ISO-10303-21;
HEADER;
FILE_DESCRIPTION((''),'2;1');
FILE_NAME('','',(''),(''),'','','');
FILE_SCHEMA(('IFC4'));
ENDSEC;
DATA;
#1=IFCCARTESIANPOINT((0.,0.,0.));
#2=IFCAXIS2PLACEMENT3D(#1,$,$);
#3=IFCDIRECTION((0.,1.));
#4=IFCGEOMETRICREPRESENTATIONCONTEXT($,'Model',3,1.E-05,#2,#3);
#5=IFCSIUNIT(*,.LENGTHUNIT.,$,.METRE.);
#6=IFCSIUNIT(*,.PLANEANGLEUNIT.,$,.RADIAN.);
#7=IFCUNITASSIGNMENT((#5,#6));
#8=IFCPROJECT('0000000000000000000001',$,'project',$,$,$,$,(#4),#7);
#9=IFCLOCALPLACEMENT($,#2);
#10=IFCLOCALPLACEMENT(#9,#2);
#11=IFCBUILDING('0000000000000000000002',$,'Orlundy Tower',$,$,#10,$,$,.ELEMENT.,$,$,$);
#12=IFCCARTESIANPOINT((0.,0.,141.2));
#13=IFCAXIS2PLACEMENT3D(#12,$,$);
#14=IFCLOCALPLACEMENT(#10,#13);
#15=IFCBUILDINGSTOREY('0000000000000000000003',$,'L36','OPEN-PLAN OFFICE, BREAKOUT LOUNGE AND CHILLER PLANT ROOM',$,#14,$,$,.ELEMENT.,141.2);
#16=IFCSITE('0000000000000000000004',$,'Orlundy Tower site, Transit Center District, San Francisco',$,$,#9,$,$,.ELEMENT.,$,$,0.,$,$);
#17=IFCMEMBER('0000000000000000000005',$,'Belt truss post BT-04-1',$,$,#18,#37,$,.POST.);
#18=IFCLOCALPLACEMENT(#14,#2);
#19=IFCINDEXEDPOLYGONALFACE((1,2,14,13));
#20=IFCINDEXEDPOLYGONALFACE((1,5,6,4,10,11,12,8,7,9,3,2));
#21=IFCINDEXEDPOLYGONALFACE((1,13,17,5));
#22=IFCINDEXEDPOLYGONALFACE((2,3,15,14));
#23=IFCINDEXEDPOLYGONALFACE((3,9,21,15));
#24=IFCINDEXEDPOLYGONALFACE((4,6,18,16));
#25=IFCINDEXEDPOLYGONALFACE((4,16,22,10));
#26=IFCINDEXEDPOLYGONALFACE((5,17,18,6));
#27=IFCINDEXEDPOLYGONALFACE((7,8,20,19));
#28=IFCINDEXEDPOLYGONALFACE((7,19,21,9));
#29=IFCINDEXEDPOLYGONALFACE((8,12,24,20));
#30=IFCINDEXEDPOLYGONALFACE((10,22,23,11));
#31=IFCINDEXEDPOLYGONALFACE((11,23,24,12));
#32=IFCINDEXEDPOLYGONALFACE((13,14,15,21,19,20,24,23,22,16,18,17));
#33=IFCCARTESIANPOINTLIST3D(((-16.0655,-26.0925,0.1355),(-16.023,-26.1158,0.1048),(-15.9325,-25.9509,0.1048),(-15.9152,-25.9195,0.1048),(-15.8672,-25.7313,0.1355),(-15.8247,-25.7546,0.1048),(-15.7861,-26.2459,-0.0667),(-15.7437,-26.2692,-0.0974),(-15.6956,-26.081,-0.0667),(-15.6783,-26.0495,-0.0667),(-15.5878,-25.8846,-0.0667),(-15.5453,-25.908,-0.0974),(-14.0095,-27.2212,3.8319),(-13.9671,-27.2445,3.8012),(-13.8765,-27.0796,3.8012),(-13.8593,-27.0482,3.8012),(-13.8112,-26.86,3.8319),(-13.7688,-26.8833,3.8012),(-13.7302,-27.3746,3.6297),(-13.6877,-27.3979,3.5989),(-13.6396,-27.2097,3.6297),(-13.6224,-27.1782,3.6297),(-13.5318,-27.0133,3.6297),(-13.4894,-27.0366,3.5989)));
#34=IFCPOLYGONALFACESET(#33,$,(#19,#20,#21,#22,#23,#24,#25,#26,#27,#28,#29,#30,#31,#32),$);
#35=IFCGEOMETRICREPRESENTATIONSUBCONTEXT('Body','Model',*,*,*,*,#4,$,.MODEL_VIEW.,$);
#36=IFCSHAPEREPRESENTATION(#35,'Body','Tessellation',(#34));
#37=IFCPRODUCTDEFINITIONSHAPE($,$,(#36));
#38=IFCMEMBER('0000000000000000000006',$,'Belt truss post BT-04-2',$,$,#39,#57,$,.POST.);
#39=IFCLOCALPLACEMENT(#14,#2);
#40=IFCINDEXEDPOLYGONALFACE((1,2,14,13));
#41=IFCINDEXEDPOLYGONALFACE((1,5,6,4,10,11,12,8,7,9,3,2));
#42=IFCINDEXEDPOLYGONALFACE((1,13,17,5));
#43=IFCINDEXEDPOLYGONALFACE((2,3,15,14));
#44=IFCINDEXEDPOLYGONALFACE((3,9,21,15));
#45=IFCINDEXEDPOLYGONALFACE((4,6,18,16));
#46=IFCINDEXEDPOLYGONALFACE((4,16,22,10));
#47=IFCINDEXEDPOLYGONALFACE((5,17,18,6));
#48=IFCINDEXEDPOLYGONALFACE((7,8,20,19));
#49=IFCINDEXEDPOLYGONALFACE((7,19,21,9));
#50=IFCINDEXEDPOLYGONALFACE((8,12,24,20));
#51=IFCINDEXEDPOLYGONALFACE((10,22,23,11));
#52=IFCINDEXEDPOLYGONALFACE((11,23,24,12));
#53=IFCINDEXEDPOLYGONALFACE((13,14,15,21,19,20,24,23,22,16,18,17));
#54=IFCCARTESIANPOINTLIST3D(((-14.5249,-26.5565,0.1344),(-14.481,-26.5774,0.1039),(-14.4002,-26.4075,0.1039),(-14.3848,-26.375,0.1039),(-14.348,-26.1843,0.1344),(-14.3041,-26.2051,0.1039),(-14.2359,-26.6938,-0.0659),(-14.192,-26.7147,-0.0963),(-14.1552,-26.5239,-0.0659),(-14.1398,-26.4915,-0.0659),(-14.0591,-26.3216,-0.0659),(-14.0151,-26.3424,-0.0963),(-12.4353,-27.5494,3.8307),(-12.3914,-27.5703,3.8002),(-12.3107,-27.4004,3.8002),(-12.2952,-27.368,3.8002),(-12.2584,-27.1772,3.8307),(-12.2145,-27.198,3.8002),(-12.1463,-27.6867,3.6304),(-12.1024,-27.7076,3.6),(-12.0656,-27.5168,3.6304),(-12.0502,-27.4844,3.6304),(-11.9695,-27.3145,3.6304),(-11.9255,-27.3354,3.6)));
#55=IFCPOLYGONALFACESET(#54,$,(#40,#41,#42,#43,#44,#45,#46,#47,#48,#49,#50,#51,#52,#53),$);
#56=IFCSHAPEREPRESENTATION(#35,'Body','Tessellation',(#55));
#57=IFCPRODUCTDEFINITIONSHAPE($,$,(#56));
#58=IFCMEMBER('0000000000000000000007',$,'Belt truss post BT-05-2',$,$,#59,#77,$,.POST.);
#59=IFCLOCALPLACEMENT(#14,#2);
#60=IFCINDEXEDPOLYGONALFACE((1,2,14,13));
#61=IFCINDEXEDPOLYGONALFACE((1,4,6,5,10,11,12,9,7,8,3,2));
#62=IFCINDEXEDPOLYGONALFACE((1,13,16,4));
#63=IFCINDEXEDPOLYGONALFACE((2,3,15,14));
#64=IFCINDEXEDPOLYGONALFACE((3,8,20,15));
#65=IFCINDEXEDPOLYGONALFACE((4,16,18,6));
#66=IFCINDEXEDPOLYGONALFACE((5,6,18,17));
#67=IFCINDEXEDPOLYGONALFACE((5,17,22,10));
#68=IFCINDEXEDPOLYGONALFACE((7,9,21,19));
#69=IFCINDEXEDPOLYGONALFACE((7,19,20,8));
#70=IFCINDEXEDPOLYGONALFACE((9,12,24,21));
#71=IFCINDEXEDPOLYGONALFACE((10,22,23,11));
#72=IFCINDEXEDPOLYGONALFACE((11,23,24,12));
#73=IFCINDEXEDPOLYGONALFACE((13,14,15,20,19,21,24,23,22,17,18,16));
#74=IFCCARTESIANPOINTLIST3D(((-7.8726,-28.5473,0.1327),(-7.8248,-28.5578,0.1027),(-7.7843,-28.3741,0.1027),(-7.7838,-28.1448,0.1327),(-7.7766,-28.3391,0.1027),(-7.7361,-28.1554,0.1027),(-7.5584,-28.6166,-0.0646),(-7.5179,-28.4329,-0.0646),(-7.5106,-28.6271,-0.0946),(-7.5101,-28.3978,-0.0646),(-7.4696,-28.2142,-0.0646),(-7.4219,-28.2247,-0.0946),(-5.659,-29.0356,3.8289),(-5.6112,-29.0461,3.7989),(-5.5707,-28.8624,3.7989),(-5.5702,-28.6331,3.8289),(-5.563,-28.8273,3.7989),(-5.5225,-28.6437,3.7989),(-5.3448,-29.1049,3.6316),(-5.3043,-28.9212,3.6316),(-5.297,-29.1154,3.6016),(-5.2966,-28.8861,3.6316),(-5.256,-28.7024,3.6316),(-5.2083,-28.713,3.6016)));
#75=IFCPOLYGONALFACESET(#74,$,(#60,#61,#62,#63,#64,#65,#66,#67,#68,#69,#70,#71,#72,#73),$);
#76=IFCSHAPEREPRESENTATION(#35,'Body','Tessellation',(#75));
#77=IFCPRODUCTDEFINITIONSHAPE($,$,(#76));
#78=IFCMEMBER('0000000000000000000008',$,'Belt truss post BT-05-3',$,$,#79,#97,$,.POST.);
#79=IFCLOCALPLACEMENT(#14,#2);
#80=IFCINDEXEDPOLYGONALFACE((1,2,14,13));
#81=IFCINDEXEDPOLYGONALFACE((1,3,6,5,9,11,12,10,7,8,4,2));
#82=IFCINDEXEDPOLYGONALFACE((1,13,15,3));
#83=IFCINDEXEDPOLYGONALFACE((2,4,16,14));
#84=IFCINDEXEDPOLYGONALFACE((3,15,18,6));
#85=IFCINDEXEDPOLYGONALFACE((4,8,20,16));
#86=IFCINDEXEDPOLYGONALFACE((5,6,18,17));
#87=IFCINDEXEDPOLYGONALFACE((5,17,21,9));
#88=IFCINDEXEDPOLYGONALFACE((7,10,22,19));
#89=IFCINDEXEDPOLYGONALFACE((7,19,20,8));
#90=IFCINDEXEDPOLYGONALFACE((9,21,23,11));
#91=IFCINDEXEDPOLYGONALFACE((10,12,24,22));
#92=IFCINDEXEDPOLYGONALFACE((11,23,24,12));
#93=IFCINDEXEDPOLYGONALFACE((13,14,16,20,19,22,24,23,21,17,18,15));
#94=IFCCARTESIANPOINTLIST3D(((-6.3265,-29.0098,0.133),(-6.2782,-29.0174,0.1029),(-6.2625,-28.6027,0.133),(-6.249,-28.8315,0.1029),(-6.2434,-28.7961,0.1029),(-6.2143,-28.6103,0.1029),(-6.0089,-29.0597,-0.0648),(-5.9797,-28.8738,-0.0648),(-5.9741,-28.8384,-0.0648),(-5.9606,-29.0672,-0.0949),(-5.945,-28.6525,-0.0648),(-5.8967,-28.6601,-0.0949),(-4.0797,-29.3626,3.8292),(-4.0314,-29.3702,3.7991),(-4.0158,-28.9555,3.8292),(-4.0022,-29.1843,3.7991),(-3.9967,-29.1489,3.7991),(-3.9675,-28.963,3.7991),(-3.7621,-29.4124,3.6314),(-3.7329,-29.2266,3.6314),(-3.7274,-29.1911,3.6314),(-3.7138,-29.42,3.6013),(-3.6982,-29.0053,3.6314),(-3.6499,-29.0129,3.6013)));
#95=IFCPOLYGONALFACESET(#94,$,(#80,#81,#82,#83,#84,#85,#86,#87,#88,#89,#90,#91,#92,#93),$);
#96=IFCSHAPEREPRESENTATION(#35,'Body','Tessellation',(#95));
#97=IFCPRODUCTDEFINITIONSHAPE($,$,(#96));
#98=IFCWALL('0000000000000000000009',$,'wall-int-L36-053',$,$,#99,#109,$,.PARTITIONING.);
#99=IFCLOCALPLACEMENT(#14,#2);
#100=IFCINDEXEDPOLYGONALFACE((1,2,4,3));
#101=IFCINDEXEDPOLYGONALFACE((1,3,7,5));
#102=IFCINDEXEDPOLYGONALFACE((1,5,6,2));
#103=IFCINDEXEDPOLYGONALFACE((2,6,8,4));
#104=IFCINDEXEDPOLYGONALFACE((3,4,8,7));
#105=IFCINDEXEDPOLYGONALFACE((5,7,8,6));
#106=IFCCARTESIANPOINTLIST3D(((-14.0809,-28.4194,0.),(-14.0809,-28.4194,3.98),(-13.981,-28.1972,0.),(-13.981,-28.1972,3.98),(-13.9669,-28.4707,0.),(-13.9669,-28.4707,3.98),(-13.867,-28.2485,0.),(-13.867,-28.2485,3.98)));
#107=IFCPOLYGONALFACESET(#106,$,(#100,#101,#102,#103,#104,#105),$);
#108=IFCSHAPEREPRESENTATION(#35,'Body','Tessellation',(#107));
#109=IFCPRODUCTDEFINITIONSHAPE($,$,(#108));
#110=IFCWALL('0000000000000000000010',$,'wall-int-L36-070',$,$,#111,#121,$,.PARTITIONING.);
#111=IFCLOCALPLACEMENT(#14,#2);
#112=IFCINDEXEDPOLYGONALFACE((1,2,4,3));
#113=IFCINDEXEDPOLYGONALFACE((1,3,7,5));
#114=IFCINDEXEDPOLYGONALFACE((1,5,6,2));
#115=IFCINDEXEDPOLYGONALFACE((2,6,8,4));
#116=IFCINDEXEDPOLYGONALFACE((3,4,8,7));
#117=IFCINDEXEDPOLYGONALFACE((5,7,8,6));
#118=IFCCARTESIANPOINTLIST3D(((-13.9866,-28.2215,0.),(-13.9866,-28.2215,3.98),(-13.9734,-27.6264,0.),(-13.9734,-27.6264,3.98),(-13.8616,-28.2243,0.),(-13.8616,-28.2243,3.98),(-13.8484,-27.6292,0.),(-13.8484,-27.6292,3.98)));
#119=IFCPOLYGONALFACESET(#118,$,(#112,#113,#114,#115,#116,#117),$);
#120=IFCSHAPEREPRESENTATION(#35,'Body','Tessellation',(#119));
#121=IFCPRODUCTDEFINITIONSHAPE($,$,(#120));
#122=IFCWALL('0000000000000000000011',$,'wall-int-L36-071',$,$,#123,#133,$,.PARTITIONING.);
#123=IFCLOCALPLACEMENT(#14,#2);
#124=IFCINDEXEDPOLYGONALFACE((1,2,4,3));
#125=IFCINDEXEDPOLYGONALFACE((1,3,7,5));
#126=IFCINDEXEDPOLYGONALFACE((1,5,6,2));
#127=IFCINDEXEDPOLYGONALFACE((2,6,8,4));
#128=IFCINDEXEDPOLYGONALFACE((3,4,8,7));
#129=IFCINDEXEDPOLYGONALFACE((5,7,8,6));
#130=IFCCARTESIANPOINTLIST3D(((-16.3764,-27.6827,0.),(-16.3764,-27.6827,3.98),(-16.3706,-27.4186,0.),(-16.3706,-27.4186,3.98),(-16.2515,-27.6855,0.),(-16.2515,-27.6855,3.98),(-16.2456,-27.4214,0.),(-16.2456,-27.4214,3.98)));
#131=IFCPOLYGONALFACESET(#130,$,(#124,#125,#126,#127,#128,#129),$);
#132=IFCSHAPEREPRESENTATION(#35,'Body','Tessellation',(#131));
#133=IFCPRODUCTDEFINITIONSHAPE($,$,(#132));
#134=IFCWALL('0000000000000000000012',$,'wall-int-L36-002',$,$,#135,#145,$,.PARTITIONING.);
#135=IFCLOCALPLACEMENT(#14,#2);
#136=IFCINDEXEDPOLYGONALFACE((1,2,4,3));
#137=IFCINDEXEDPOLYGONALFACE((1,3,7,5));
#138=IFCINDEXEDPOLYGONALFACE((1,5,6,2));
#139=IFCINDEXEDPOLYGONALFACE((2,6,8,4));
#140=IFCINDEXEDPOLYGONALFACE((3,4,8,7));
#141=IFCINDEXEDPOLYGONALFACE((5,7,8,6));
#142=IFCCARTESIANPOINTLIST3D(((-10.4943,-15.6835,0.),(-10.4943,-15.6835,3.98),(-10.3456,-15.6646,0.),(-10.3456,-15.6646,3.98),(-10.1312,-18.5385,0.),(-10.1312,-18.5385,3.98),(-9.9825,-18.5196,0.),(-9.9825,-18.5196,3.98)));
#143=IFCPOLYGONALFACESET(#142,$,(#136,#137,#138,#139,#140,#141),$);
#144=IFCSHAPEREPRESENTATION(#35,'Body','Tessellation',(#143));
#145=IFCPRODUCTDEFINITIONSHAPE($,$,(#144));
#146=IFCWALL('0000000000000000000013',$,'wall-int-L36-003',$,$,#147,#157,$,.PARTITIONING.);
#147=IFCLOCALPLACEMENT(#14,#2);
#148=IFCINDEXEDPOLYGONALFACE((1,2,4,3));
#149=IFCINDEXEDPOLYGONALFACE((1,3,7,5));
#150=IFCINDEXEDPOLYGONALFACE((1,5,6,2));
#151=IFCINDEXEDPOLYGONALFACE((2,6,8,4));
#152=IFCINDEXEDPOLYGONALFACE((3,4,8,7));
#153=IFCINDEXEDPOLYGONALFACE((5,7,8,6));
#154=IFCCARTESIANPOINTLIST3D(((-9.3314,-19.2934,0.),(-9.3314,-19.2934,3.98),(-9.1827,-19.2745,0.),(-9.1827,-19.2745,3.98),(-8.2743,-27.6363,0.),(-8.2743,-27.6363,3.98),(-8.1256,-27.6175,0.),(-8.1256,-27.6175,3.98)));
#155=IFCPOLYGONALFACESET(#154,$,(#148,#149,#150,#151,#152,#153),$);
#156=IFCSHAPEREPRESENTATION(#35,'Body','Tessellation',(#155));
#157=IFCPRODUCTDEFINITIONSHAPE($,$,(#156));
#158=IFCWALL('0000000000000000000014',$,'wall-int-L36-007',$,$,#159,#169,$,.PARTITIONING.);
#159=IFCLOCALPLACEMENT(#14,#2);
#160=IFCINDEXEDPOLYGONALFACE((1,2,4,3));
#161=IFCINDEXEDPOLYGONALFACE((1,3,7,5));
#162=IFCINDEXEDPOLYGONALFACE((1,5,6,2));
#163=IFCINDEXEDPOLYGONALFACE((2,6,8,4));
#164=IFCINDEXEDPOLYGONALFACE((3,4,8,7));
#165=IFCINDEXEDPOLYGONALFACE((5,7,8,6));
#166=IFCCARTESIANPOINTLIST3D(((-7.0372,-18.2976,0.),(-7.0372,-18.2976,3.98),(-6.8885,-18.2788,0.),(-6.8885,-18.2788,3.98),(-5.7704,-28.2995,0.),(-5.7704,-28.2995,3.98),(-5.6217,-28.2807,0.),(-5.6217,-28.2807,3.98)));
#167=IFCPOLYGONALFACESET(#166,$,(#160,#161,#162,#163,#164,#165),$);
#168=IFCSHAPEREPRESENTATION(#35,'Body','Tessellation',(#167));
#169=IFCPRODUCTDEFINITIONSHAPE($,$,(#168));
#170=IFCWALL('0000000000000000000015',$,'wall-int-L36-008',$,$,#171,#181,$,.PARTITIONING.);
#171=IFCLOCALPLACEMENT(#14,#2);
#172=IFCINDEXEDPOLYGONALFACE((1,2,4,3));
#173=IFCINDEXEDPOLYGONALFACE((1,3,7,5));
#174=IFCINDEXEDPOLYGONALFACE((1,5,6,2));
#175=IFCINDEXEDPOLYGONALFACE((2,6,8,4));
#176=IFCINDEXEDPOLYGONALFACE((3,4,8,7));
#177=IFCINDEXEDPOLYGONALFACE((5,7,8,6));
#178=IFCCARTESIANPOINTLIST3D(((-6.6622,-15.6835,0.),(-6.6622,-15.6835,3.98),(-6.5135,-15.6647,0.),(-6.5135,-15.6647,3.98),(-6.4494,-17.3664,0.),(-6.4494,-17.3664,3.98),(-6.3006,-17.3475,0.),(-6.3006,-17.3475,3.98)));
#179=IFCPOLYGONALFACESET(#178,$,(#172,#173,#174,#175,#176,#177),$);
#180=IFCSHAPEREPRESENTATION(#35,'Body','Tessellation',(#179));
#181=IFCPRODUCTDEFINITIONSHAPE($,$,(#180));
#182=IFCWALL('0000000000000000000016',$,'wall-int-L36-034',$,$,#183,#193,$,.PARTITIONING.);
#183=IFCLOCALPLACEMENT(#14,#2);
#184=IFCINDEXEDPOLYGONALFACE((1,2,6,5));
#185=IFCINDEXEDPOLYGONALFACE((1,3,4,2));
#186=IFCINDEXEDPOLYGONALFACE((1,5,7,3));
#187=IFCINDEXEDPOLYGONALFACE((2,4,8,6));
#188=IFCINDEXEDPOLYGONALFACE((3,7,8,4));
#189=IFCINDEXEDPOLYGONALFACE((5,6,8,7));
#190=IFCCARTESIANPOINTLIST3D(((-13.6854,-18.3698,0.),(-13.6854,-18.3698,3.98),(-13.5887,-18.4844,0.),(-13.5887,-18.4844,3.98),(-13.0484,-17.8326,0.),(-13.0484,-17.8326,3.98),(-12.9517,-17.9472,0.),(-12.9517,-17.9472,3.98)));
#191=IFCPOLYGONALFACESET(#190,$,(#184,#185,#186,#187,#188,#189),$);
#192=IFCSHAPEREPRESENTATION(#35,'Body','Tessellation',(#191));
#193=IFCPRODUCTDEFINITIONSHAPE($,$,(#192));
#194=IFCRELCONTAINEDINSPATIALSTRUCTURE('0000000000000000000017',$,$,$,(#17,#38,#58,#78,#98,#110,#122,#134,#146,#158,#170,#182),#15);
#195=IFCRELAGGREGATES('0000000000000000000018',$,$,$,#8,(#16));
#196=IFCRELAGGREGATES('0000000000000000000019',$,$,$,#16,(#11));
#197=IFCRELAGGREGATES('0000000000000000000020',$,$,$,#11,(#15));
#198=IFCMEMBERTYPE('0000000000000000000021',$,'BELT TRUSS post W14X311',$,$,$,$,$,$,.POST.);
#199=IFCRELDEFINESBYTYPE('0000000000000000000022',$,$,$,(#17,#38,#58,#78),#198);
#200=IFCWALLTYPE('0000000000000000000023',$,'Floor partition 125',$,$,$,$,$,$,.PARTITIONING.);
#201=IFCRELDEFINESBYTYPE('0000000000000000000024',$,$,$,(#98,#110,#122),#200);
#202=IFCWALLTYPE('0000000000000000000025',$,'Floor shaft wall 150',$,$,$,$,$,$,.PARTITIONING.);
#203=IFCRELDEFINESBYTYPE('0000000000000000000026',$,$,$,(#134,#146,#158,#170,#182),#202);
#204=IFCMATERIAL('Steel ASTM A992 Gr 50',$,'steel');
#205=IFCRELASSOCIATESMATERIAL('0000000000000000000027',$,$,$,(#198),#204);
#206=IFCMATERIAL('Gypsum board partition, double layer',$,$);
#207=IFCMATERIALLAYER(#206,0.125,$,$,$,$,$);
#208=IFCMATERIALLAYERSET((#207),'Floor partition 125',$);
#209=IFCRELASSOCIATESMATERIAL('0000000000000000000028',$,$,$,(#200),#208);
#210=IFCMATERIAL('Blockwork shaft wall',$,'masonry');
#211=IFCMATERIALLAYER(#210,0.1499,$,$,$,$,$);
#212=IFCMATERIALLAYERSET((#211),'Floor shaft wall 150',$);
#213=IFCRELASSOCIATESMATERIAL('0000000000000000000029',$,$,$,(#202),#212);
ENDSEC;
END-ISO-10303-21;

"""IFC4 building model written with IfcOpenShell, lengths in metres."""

from ifc_helpers import new_model, si_unit, direction, frame, frame_2d, origin, origin_2d, place, context, subcontext, project, spatial, rectangle, i_section, extrude, material, layer, layer_set, material_profile, profile_set, type_object, element, save


model = new_model("IFC4")

# Units and contexts
model_context = context("Model", 3, precision=1e-05, world=origin(), true_north=direction((0.0, 1.0)))
body_context = subcontext(model_context, "Body", "Model", "MODEL_VIEW")
ifc_project = project(units=[si_unit("LENGTHUNIT", "METRE"), si_unit("PLANEANGLEUNIT", "RADIAN")], contexts=[model_context])

# Site, building, storey
site_placement = place(None, origin())
site = spatial("IfcSite", under=ifc_project, at=site_placement, Name="Orlundy Tower site, Transit Center District, San Francisco", CompositionType="ELEMENT", RefElevation=0.0)
building_placement = place(site_placement, origin())
building = spatial("IfcBuilding", under=site, at=building_placement, Name="Orlundy Tower", CompositionType="ELEMENT")
storey_placement = place(building_placement, frame((0.0, 0.0, 141.2)))
storey = spatial("IfcBuildingStorey", under=building, at=storey_placement, Name="L36", Description="OPEN-PLAN OFFICE, BREAKOUT LOUNGE AND CHILLER PLANT ROOM", CompositionType="ELEMENT", Elevation=141.2)

# Members
ifc_material_1 = material(Name="Steel ASTM A992 Gr 50", Category="steel")
ifc_material_profile = material_profile(ifc_material_1, i_section(OverallWidth=0.4121, OverallDepth=0.4348, WebThickness=0.0359, FlangeThickness=0.0574, at=origin_2d()), Name="W14X311")
ifc_profile_set = profile_set([ifc_material_profile], Name="Steel ASTM A992 Gr 50")
member_type = type_object("IfcMemberType", Name="BELT TRUSS post W14X311", PredefinedType="POST", material=ifc_profile_set)
member_1_placement = place(storey_placement, frame((-15.8054, -26.0002, 0.019), z_axis=(0.469645, -0.257828, 0.844369), x_axis=(0.481235, 0.876591, 0.0)))
element("IfcMember", 1, at=member_1_placement, inside=storey, type_object=member_type, Name="Belt truss post BT-04-1", PredefinedType="POST", context=body_context, shape_type="SweptSolid", body=[
    extrude(i_section(OverallWidth=0.4121, OverallDepth=0.4348, WebThickness=0.0359, FlangeThickness=0.0574, at=origin_2d()), origin(), (0.0, 0.0, 1.0), 4.3777),
])
member_2_placement = place(storey_placement, frame((-14.27, -26.4495, 0.019), z_axis=(0.4792, -0.227702, 0.847655), x_axis=(0.429184, 0.903217, 0.0)))
element("IfcMember", 2, at=member_2_placement, inside=storey, type_object=member_type, Name="Belt truss post BT-04-2", PredefinedType="POST", context=body_context, shape_type="SweptSolid", body=[
    extrude(i_section(OverallWidth=0.4121, OverallDepth=0.4348, WebThickness=0.0359, FlangeThickness=0.0574, at=origin_2d()), origin(), (0.0, 0.0, 1.0), 4.3606),
])
member_3_placement = place(storey_placement, frame((-7.6472, -28.386, 0.019), z_axis=(0.510519, -0.11261, 0.852461), x_axis=(0.215402, 0.976525, 0.0)))
element("IfcMember", 3, at=member_3_placement, inside=storey, type_object=member_type, Name="Belt truss post BT-05-2", PredefinedType="POST", context=body_context, shape_type="SweptSolid", body=[
    extrude(i_section(OverallWidth=0.4121, OverallDepth=0.4348, WebThickness=0.0359, FlangeThickness=0.0574, at=origin_2d()), origin(), (0.0, 0.0, 1.0), 4.3359),
])
member_4_placement = place(storey_placement, frame((-6.1116, -28.835, 0.019), z_axis=(0.517707, -0.081287, 0.851688), x_axis=(0.155114, 0.987897, 0.0)))
element("IfcMember", 4, at=member_4_placement, inside=storey, type_object=member_type, Name="Belt truss post BT-05-3", PredefinedType="POST", context=body_context, shape_type="SweptSolid", body=[
    extrude(i_section(OverallWidth=0.4121, OverallDepth=0.4348, WebThickness=0.0359, FlangeThickness=0.0574, at=origin_2d()), origin(), (0.0, 0.0, 1.0), 4.3398),
])

# Walls
ifc_material_2 = material(Name="Gypsum board partition, double layer")
ifc_layer_1 = layer(ifc_material_2, 0.125)
ifc_layer_set_1 = layer_set([ifc_layer_1], Name="Floor partition 125")
wall_type_1 = type_object("IfcWallType", Name="Floor partition 125", PredefinedType="PARTITIONING", material=ifc_layer_set_1)
wall_1_placement = place(storey_placement, frame((-14.0239, -28.4451, 0.0), z_axis=(0.0, 0.0, 1.0), x_axis=(0.409948, 0.912109, 0.0)))
element("IfcWall", 5, at=wall_1_placement, inside=storey, type_object=wall_type_1, Name="wall-int-L36-053", PredefinedType="PARTITIONING", context=body_context, shape_type="SweptSolid", body=[
    extrude(rectangle(XDim=0.2437, YDim=0.125, at=frame_2d((0.1218, 0.0))), origin(), (0.0, 0.0, 1.0), 3.98),
])
wall_2_placement = place(storey_placement, frame((-13.9241, -28.2229, 0.0), z_axis=(0.0, 0.0, 1.0), x_axis=(0.022153, 0.999755, 0.0)))
element("IfcWall", 6, at=wall_2_placement, inside=storey, type_object=wall_type_1, Name="wall-int-L36-070", PredefinedType="PARTITIONING", context=body_context, shape_type="SweptSolid", body=[
    extrude(rectangle(XDim=0.5952, YDim=0.125, at=frame_2d((0.2976, 0.0))), origin(), (0.0, 0.0, 1.0), 3.98),
])
wall_3_placement = place(storey_placement, frame((-16.314, -27.6841, 0.0), z_axis=(0.0, 0.0, 1.0), x_axis=(0.022176, 0.999754, 0.0)))
element("IfcWall", 7, at=wall_3_placement, inside=storey, type_object=wall_type_1, Name="wall-int-L36-071", PredefinedType="PARTITIONING", context=body_context, shape_type="SweptSolid", body=[
    extrude(rectangle(XDim=0.2642, YDim=0.125, at=frame_2d((0.1321, 0.0))), origin(), (0.0, 0.0, 1.0), 3.98),
])
ifc_material_3 = material(Name="Blockwork shaft wall", Category="masonry")
ifc_layer_2 = layer(ifc_material_3, 0.1499)
ifc_layer_set_2 = layer_set([ifc_layer_2], Name="Floor shaft wall 150")
wall_type_2 = type_object("IfcWallType", Name="Floor shaft wall 150", PredefinedType="PARTITIONING", material=ifc_layer_set_2)
wall_4_placement = place(storey_placement, frame((-10.4199, -15.6741, 0.0), z_axis=(0.0, 0.0, 1.0), x_axis=(0.126143, -0.992012, 0.0)))
element("IfcWall", 8, at=wall_4_placement, inside=storey, type_object=wall_type_2, Name="wall-int-L36-002", PredefinedType="PARTITIONING", context=body_context, shape_type="SweptSolid", body=[
    extrude(rectangle(XDim=2.8779, YDim=0.1499, at=frame_2d((1.439, 0.0))), origin(), (0.0, 0.0, 1.0), 3.98),
])
wall_5_placement = place(storey_placement, frame((-9.2571, -19.2839, 0.0), z_axis=(0.0, 0.0, 1.0), x_axis=(0.125703, -0.992068, 0.0)))
element("IfcWall", 9, at=wall_5_placement, inside=storey, type_object=wall_type_2, Name="wall-int-L36-003", PredefinedType="PARTITIONING", context=body_context, shape_type="SweptSolid", body=[
    extrude(rectangle(XDim=8.4097, YDim=0.1499, at=frame_2d((4.2048, 0.0))), origin(), (0.0, 0.0, 1.0), 3.98),
])
wall_6_placement = place(storey_placement, frame((-6.9629, -18.2881, 0.0), z_axis=(0.0, 0.0, 1.0), x_axis=(0.125656, -0.992074, 0.0)))
element("IfcWall", 10, at=wall_6_placement, inside=storey, type_object=wall_type_2, Name="wall-int-L36-007", PredefinedType="PARTITIONING", context=body_context, shape_type="SweptSolid", body=[
    extrude(rectangle(XDim=10.0818, YDim=0.1499, at=frame_2d((5.041, 0.0))), origin(), (0.0, 0.0, 1.0), 3.98),
])
wall_7_placement = place(storey_placement, frame((-6.5879, -15.6741, 0.0), z_axis=(0.0, 0.0, 1.0), x_axis=(0.125505, -0.992093, 0.0)))
element("IfcWall", 11, at=wall_7_placement, inside=storey, type_object=wall_type_2, Name="wall-int-L36-008", PredefinedType="PARTITIONING", context=body_context, shape_type="SweptSolid", body=[
    extrude(rectangle(XDim=1.6963, YDim=0.1499, at=frame_2d((0.8481, 0.0))), origin(), (0.0, 0.0, 1.0), 3.98),
])
wall_8_placement = place(storey_placement, frame((-13.637, -18.427, 0.0), z_axis=(0.0, 0.0, 1.0), x_axis=(0.764486, 0.644641, 0.0)))
element("IfcWall", 12, at=wall_8_placement, inside=storey, type_object=wall_type_2, Name="wall-int-L36-034", PredefinedType="PARTITIONING", context=body_context, shape_type="SweptSolid", body=[
    extrude(rectangle(XDim=0.8333, YDim=0.1499, at=frame_2d((0.4165, 0.0))), origin(), (0.0, 0.0, 1.0), 3.98),
])

save(model, "model.ifc")
